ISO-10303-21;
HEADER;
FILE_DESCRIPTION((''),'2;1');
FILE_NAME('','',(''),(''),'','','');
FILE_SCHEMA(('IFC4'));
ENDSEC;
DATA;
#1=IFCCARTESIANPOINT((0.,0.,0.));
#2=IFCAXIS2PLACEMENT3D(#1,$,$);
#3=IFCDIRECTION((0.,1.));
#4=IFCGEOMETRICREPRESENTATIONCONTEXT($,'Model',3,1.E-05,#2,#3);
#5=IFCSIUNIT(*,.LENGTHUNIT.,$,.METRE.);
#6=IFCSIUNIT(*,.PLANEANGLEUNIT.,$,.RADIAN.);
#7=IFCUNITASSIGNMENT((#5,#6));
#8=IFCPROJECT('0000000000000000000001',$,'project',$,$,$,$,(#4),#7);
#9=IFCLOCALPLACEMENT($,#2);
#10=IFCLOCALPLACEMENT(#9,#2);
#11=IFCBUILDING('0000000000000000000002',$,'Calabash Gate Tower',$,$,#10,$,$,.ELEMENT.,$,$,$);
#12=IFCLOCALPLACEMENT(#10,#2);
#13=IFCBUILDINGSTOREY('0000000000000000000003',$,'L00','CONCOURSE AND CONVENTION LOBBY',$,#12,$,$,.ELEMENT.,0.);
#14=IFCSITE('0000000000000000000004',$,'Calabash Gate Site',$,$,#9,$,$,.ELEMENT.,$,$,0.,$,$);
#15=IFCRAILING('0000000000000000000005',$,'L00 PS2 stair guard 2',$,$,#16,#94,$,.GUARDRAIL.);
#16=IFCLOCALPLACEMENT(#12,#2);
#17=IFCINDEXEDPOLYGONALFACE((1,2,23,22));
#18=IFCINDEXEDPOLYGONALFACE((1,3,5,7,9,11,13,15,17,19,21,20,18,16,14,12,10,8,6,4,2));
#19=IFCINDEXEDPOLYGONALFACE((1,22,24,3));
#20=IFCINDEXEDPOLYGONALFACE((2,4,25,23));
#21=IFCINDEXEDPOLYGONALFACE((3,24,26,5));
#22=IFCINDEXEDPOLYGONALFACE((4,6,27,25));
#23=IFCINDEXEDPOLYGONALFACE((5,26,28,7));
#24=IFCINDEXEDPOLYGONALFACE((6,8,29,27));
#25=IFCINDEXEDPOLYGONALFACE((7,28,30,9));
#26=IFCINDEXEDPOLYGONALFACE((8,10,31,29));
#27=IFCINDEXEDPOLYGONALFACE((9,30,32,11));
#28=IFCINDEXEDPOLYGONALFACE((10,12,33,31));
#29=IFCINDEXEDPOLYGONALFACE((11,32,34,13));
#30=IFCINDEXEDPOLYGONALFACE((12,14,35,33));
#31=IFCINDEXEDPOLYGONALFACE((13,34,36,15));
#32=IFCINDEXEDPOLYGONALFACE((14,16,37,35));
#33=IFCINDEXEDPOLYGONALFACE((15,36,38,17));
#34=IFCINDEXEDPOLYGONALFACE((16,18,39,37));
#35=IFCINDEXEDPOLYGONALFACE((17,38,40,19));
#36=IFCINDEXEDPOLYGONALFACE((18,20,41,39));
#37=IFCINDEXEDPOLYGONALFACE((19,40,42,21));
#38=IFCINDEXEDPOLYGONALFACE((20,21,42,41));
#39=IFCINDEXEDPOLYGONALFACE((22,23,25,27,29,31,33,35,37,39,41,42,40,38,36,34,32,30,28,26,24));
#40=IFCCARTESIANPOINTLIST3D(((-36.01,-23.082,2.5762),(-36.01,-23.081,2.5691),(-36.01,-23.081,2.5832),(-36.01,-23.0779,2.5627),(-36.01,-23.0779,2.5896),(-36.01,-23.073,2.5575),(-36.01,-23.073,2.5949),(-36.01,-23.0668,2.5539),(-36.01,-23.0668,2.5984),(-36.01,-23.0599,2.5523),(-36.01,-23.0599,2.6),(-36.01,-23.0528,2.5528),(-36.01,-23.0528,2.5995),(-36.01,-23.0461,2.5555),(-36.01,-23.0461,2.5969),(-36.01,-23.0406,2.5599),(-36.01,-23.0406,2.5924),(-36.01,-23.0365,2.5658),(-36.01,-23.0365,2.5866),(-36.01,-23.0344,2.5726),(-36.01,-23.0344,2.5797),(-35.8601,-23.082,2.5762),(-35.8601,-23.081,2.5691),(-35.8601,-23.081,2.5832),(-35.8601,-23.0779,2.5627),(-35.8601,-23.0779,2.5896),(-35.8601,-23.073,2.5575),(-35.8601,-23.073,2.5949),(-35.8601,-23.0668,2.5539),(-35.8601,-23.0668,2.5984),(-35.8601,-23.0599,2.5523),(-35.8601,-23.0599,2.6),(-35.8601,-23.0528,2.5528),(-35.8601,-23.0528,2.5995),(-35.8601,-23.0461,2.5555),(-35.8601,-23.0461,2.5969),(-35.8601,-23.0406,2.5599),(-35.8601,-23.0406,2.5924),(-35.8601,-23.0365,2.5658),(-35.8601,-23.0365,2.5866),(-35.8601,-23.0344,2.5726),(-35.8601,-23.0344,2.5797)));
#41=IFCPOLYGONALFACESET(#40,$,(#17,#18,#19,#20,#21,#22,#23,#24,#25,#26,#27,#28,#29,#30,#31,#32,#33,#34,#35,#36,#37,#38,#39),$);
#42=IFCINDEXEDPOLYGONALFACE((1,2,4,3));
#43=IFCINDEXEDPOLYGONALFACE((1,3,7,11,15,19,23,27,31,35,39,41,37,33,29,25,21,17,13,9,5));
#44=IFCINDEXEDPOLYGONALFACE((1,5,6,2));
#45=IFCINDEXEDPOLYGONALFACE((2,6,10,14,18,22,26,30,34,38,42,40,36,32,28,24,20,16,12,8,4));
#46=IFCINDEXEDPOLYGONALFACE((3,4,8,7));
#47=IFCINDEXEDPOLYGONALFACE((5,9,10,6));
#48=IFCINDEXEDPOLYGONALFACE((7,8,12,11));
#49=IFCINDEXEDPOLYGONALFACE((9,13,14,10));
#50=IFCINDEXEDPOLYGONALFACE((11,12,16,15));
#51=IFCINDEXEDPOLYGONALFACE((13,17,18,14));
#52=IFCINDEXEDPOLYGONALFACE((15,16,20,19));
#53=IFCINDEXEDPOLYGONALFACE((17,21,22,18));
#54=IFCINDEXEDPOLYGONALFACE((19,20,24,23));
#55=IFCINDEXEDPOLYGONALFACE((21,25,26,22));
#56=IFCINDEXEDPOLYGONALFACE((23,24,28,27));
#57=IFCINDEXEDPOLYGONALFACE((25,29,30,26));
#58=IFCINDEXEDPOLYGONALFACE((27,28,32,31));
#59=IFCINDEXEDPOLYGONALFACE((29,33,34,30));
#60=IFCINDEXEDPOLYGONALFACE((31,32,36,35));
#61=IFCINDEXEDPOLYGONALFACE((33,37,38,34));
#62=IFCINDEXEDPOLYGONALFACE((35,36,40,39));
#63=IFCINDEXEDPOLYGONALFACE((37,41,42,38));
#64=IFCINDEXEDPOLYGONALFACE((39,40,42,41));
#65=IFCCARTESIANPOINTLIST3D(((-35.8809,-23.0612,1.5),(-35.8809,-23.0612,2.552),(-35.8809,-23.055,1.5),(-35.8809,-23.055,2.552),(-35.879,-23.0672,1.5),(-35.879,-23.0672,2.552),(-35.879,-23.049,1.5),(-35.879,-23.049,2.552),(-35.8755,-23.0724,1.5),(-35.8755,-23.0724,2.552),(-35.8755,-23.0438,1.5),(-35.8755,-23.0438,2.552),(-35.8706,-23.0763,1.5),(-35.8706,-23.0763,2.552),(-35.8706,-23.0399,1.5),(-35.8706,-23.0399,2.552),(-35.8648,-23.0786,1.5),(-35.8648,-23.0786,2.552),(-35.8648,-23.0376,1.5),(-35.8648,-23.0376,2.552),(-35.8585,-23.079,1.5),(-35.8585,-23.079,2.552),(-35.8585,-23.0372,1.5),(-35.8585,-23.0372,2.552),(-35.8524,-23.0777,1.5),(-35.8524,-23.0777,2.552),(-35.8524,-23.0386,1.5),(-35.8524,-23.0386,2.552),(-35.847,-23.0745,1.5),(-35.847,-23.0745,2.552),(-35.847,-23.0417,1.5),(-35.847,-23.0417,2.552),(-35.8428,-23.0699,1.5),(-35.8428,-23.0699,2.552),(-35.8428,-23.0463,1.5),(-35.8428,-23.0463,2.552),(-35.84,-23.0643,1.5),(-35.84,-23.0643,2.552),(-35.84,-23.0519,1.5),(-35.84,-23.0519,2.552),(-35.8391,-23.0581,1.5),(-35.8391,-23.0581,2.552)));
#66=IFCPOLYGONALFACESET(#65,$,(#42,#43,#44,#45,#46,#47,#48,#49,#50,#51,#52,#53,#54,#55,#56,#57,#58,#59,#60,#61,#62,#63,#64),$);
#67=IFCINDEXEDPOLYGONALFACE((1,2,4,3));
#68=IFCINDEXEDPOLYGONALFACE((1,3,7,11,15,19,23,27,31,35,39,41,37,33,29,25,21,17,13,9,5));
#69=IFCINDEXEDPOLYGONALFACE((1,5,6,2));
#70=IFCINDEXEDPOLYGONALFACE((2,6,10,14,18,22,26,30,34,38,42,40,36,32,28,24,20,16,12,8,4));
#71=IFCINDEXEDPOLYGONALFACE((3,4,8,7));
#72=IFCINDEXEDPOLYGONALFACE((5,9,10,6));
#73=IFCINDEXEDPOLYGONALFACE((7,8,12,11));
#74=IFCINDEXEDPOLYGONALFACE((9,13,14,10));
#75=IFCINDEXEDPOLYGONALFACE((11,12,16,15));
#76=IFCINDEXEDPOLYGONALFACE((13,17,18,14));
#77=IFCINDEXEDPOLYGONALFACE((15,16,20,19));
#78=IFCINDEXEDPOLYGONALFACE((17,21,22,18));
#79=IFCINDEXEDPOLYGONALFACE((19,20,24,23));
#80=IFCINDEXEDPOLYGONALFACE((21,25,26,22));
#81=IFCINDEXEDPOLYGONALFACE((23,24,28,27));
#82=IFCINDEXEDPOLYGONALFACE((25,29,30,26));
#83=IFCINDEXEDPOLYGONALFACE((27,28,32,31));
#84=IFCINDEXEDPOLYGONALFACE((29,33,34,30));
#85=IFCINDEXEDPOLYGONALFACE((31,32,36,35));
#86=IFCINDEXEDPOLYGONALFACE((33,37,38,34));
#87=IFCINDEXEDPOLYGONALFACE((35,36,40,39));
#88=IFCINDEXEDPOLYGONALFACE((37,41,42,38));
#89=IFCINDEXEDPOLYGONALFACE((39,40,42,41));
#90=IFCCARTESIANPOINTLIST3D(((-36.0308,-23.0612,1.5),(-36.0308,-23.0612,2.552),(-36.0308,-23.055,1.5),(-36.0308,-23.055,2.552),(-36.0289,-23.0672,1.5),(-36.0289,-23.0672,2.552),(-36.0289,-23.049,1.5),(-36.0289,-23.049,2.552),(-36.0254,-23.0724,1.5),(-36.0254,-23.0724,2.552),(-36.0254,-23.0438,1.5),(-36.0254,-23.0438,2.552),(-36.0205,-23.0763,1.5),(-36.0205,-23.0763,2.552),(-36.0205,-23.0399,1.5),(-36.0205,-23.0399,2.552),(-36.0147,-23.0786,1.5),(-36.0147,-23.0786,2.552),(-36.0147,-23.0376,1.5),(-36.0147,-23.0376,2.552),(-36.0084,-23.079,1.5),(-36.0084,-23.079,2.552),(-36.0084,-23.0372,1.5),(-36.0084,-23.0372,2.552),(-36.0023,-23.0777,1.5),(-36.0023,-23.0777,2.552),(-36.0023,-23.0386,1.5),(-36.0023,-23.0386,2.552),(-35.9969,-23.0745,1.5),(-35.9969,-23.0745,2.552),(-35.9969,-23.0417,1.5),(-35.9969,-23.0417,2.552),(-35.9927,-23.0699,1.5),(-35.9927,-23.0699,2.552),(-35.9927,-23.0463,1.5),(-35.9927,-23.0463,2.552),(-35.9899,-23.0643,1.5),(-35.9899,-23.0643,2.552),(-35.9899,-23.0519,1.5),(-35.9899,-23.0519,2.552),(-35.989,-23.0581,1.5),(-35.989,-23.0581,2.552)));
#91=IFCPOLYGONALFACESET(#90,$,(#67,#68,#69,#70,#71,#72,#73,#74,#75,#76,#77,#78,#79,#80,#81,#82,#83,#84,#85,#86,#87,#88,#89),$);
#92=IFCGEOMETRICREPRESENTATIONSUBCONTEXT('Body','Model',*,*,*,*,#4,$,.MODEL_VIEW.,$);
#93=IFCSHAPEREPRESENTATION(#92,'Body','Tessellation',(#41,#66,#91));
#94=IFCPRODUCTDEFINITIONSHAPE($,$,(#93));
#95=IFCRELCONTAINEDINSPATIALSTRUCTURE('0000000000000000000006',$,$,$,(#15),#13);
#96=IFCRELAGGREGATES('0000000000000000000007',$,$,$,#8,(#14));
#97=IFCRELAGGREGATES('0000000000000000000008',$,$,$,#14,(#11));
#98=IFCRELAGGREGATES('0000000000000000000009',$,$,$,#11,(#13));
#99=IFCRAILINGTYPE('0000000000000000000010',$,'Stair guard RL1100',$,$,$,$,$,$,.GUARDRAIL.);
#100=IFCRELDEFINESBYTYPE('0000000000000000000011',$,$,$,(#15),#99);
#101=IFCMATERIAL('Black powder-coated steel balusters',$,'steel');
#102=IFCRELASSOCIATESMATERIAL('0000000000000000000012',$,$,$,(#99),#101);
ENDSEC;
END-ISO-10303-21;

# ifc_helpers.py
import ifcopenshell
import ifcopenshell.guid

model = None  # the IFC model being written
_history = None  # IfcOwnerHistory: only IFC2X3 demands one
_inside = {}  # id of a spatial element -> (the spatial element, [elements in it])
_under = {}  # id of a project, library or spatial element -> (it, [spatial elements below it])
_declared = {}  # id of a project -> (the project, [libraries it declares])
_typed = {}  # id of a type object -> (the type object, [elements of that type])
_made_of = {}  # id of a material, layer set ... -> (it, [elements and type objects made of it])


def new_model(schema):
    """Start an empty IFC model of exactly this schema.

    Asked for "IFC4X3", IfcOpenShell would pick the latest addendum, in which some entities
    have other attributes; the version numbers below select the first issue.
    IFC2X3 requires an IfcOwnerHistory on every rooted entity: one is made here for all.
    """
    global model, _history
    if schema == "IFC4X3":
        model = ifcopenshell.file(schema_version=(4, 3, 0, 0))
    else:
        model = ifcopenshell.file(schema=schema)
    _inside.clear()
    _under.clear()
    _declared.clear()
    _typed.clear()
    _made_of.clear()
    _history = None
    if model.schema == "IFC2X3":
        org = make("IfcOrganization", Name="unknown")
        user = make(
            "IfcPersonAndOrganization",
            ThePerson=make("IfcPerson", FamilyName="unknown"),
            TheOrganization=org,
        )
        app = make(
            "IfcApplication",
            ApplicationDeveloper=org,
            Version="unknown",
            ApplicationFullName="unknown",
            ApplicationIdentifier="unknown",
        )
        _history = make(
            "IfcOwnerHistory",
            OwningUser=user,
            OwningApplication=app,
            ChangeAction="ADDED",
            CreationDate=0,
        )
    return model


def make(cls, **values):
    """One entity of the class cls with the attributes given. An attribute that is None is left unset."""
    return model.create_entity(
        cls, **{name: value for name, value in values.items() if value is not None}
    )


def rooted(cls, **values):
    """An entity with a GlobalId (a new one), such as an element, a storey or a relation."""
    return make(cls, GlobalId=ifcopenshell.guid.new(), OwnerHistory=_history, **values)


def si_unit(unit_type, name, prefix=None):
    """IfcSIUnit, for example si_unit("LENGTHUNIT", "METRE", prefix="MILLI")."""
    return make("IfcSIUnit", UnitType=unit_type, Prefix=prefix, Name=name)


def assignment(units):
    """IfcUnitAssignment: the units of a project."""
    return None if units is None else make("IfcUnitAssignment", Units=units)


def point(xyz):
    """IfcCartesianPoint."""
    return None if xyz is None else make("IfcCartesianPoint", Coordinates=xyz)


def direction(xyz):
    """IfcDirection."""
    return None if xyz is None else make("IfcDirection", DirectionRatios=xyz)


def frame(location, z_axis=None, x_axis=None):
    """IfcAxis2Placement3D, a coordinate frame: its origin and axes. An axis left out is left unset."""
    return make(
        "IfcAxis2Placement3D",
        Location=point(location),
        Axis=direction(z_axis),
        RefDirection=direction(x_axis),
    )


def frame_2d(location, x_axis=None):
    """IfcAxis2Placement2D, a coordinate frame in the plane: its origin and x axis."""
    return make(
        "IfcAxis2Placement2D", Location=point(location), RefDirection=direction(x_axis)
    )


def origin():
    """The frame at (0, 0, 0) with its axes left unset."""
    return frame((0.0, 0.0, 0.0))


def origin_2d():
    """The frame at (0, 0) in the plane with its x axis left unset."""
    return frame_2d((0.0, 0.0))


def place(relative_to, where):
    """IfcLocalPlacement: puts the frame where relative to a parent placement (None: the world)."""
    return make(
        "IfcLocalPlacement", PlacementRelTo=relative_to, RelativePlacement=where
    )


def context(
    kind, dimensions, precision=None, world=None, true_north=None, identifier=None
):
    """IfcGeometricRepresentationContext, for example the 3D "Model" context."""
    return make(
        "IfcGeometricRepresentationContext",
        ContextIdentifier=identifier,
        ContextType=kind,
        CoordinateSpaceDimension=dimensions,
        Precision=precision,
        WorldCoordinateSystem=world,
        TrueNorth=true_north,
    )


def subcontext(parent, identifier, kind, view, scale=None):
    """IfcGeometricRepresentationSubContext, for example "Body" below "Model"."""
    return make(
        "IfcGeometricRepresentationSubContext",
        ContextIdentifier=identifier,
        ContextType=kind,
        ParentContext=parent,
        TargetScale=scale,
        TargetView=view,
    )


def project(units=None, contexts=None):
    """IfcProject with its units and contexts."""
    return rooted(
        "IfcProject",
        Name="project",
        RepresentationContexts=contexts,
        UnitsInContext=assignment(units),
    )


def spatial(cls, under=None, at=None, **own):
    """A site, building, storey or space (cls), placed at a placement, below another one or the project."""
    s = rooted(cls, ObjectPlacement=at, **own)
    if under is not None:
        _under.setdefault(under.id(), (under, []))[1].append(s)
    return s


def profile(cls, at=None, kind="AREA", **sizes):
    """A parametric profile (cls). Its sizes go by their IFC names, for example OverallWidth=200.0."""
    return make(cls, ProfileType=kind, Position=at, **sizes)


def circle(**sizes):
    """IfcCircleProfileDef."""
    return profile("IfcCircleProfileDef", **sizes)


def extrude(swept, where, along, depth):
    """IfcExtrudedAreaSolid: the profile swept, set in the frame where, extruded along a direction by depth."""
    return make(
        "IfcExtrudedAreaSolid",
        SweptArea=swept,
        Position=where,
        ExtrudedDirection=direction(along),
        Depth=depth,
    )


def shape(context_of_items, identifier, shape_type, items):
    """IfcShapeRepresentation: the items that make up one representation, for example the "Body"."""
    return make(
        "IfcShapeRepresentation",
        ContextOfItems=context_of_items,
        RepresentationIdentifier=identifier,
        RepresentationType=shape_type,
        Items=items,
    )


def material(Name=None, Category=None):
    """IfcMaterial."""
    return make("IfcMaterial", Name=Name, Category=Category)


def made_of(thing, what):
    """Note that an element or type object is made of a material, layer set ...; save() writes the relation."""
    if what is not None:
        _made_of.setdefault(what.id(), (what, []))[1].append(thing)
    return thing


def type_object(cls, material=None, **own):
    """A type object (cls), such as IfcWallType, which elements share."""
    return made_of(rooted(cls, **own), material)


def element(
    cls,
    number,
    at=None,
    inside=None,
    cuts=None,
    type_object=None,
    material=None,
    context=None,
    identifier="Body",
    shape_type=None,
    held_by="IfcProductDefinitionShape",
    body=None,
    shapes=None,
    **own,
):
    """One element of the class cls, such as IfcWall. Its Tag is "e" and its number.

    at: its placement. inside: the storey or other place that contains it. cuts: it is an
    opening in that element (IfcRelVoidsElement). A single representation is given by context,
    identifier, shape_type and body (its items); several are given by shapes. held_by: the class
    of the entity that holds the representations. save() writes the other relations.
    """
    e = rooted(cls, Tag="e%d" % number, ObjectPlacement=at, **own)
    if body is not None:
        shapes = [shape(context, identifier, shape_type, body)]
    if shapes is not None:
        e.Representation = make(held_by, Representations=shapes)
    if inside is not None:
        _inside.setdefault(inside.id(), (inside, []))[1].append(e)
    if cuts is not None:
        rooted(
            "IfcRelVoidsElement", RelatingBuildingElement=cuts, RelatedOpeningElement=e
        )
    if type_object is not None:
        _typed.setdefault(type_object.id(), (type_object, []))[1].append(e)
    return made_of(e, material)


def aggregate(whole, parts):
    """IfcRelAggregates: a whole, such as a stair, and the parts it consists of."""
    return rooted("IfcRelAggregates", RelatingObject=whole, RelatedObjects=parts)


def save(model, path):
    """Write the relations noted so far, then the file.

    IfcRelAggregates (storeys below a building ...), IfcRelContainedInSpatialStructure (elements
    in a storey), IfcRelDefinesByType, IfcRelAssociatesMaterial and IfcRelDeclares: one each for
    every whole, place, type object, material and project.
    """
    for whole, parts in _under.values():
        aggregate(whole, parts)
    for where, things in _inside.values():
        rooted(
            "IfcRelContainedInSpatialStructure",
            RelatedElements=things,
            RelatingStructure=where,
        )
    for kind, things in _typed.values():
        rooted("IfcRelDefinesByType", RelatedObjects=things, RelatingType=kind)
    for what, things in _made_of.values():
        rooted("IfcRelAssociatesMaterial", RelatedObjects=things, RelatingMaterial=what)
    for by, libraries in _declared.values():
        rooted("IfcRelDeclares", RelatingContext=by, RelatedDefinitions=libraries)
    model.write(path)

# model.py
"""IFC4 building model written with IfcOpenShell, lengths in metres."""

from ifc_helpers import new_model, si_unit, direction, frame, origin, origin_2d, place, context, subcontext, project, spatial, circle, extrude, material, type_object, element, save


model = new_model("IFC4")

# Units and contexts
model_context = context("Model", 3, precision=1e-05, world=origin(), true_north=direction((0.0, 1.0)))
body_context = subcontext(model_context, "Body", "Model", "MODEL_VIEW")
ifc_project = project(units=[si_unit("LENGTHUNIT", "METRE"), si_unit("PLANEANGLEUNIT", "RADIAN")], contexts=[model_context])

# Site, building, storey
site_placement = place(None, origin())
site = spatial("IfcSite", under=ifc_project, at=site_placement, Name="Calabash Gate Site", CompositionType="ELEMENT", RefElevation=0.0)
building_placement = place(site_placement, origin())
building = spatial("IfcBuilding", under=site, at=building_placement, Name="Calabash Gate Tower", CompositionType="ELEMENT")
storey_placement = place(building_placement, origin())
storey = spatial("IfcBuildingStorey", under=building, at=storey_placement, Name="L00", Description="CONCOURSE AND CONVENTION LOBBY", CompositionType="ELEMENT", Elevation=0.0)

# Railing
ifc_material_1 = material(Name="Black powder-coated steel balusters", Category="steel")
railing_type_1 = type_object("IfcRailingType", Name="Stair guard RL1100", PredefinedType="GUARDRAIL", material=ifc_material_1)
railing_1_placement = place(storey_placement, frame((-35.8601, -23.0581, 1.5)))
element("IfcRailing", 1, at=railing_1_placement, inside=storey, type_object=railing_type_1, Name="L00 PS2 stair guard 2", PredefinedType="GUARDRAIL", context=body_context, shape_type="SweptSolid", body=[
    extrude(circle(Radius=0.0239, at=origin_2d()), frame((0.0, 0.0, 1.0762), z_axis=(-1.0, 0.0, 0.0), x_axis=(0.0, -1.0, 0.0)), (0.0, 0.0, 1.0), 0.1499),
    extrude(circle(Radius=0.021, at=origin_2d()), origin(), (0.0, 0.0, 1.0), 1.052),
    extrude(circle(Radius=0.021, at=origin_2d()), frame((-0.1499, 0.0, 0.0)), (0.0, 0.0, 1.0), 1.052),
])

save(model, "model.ifc")
